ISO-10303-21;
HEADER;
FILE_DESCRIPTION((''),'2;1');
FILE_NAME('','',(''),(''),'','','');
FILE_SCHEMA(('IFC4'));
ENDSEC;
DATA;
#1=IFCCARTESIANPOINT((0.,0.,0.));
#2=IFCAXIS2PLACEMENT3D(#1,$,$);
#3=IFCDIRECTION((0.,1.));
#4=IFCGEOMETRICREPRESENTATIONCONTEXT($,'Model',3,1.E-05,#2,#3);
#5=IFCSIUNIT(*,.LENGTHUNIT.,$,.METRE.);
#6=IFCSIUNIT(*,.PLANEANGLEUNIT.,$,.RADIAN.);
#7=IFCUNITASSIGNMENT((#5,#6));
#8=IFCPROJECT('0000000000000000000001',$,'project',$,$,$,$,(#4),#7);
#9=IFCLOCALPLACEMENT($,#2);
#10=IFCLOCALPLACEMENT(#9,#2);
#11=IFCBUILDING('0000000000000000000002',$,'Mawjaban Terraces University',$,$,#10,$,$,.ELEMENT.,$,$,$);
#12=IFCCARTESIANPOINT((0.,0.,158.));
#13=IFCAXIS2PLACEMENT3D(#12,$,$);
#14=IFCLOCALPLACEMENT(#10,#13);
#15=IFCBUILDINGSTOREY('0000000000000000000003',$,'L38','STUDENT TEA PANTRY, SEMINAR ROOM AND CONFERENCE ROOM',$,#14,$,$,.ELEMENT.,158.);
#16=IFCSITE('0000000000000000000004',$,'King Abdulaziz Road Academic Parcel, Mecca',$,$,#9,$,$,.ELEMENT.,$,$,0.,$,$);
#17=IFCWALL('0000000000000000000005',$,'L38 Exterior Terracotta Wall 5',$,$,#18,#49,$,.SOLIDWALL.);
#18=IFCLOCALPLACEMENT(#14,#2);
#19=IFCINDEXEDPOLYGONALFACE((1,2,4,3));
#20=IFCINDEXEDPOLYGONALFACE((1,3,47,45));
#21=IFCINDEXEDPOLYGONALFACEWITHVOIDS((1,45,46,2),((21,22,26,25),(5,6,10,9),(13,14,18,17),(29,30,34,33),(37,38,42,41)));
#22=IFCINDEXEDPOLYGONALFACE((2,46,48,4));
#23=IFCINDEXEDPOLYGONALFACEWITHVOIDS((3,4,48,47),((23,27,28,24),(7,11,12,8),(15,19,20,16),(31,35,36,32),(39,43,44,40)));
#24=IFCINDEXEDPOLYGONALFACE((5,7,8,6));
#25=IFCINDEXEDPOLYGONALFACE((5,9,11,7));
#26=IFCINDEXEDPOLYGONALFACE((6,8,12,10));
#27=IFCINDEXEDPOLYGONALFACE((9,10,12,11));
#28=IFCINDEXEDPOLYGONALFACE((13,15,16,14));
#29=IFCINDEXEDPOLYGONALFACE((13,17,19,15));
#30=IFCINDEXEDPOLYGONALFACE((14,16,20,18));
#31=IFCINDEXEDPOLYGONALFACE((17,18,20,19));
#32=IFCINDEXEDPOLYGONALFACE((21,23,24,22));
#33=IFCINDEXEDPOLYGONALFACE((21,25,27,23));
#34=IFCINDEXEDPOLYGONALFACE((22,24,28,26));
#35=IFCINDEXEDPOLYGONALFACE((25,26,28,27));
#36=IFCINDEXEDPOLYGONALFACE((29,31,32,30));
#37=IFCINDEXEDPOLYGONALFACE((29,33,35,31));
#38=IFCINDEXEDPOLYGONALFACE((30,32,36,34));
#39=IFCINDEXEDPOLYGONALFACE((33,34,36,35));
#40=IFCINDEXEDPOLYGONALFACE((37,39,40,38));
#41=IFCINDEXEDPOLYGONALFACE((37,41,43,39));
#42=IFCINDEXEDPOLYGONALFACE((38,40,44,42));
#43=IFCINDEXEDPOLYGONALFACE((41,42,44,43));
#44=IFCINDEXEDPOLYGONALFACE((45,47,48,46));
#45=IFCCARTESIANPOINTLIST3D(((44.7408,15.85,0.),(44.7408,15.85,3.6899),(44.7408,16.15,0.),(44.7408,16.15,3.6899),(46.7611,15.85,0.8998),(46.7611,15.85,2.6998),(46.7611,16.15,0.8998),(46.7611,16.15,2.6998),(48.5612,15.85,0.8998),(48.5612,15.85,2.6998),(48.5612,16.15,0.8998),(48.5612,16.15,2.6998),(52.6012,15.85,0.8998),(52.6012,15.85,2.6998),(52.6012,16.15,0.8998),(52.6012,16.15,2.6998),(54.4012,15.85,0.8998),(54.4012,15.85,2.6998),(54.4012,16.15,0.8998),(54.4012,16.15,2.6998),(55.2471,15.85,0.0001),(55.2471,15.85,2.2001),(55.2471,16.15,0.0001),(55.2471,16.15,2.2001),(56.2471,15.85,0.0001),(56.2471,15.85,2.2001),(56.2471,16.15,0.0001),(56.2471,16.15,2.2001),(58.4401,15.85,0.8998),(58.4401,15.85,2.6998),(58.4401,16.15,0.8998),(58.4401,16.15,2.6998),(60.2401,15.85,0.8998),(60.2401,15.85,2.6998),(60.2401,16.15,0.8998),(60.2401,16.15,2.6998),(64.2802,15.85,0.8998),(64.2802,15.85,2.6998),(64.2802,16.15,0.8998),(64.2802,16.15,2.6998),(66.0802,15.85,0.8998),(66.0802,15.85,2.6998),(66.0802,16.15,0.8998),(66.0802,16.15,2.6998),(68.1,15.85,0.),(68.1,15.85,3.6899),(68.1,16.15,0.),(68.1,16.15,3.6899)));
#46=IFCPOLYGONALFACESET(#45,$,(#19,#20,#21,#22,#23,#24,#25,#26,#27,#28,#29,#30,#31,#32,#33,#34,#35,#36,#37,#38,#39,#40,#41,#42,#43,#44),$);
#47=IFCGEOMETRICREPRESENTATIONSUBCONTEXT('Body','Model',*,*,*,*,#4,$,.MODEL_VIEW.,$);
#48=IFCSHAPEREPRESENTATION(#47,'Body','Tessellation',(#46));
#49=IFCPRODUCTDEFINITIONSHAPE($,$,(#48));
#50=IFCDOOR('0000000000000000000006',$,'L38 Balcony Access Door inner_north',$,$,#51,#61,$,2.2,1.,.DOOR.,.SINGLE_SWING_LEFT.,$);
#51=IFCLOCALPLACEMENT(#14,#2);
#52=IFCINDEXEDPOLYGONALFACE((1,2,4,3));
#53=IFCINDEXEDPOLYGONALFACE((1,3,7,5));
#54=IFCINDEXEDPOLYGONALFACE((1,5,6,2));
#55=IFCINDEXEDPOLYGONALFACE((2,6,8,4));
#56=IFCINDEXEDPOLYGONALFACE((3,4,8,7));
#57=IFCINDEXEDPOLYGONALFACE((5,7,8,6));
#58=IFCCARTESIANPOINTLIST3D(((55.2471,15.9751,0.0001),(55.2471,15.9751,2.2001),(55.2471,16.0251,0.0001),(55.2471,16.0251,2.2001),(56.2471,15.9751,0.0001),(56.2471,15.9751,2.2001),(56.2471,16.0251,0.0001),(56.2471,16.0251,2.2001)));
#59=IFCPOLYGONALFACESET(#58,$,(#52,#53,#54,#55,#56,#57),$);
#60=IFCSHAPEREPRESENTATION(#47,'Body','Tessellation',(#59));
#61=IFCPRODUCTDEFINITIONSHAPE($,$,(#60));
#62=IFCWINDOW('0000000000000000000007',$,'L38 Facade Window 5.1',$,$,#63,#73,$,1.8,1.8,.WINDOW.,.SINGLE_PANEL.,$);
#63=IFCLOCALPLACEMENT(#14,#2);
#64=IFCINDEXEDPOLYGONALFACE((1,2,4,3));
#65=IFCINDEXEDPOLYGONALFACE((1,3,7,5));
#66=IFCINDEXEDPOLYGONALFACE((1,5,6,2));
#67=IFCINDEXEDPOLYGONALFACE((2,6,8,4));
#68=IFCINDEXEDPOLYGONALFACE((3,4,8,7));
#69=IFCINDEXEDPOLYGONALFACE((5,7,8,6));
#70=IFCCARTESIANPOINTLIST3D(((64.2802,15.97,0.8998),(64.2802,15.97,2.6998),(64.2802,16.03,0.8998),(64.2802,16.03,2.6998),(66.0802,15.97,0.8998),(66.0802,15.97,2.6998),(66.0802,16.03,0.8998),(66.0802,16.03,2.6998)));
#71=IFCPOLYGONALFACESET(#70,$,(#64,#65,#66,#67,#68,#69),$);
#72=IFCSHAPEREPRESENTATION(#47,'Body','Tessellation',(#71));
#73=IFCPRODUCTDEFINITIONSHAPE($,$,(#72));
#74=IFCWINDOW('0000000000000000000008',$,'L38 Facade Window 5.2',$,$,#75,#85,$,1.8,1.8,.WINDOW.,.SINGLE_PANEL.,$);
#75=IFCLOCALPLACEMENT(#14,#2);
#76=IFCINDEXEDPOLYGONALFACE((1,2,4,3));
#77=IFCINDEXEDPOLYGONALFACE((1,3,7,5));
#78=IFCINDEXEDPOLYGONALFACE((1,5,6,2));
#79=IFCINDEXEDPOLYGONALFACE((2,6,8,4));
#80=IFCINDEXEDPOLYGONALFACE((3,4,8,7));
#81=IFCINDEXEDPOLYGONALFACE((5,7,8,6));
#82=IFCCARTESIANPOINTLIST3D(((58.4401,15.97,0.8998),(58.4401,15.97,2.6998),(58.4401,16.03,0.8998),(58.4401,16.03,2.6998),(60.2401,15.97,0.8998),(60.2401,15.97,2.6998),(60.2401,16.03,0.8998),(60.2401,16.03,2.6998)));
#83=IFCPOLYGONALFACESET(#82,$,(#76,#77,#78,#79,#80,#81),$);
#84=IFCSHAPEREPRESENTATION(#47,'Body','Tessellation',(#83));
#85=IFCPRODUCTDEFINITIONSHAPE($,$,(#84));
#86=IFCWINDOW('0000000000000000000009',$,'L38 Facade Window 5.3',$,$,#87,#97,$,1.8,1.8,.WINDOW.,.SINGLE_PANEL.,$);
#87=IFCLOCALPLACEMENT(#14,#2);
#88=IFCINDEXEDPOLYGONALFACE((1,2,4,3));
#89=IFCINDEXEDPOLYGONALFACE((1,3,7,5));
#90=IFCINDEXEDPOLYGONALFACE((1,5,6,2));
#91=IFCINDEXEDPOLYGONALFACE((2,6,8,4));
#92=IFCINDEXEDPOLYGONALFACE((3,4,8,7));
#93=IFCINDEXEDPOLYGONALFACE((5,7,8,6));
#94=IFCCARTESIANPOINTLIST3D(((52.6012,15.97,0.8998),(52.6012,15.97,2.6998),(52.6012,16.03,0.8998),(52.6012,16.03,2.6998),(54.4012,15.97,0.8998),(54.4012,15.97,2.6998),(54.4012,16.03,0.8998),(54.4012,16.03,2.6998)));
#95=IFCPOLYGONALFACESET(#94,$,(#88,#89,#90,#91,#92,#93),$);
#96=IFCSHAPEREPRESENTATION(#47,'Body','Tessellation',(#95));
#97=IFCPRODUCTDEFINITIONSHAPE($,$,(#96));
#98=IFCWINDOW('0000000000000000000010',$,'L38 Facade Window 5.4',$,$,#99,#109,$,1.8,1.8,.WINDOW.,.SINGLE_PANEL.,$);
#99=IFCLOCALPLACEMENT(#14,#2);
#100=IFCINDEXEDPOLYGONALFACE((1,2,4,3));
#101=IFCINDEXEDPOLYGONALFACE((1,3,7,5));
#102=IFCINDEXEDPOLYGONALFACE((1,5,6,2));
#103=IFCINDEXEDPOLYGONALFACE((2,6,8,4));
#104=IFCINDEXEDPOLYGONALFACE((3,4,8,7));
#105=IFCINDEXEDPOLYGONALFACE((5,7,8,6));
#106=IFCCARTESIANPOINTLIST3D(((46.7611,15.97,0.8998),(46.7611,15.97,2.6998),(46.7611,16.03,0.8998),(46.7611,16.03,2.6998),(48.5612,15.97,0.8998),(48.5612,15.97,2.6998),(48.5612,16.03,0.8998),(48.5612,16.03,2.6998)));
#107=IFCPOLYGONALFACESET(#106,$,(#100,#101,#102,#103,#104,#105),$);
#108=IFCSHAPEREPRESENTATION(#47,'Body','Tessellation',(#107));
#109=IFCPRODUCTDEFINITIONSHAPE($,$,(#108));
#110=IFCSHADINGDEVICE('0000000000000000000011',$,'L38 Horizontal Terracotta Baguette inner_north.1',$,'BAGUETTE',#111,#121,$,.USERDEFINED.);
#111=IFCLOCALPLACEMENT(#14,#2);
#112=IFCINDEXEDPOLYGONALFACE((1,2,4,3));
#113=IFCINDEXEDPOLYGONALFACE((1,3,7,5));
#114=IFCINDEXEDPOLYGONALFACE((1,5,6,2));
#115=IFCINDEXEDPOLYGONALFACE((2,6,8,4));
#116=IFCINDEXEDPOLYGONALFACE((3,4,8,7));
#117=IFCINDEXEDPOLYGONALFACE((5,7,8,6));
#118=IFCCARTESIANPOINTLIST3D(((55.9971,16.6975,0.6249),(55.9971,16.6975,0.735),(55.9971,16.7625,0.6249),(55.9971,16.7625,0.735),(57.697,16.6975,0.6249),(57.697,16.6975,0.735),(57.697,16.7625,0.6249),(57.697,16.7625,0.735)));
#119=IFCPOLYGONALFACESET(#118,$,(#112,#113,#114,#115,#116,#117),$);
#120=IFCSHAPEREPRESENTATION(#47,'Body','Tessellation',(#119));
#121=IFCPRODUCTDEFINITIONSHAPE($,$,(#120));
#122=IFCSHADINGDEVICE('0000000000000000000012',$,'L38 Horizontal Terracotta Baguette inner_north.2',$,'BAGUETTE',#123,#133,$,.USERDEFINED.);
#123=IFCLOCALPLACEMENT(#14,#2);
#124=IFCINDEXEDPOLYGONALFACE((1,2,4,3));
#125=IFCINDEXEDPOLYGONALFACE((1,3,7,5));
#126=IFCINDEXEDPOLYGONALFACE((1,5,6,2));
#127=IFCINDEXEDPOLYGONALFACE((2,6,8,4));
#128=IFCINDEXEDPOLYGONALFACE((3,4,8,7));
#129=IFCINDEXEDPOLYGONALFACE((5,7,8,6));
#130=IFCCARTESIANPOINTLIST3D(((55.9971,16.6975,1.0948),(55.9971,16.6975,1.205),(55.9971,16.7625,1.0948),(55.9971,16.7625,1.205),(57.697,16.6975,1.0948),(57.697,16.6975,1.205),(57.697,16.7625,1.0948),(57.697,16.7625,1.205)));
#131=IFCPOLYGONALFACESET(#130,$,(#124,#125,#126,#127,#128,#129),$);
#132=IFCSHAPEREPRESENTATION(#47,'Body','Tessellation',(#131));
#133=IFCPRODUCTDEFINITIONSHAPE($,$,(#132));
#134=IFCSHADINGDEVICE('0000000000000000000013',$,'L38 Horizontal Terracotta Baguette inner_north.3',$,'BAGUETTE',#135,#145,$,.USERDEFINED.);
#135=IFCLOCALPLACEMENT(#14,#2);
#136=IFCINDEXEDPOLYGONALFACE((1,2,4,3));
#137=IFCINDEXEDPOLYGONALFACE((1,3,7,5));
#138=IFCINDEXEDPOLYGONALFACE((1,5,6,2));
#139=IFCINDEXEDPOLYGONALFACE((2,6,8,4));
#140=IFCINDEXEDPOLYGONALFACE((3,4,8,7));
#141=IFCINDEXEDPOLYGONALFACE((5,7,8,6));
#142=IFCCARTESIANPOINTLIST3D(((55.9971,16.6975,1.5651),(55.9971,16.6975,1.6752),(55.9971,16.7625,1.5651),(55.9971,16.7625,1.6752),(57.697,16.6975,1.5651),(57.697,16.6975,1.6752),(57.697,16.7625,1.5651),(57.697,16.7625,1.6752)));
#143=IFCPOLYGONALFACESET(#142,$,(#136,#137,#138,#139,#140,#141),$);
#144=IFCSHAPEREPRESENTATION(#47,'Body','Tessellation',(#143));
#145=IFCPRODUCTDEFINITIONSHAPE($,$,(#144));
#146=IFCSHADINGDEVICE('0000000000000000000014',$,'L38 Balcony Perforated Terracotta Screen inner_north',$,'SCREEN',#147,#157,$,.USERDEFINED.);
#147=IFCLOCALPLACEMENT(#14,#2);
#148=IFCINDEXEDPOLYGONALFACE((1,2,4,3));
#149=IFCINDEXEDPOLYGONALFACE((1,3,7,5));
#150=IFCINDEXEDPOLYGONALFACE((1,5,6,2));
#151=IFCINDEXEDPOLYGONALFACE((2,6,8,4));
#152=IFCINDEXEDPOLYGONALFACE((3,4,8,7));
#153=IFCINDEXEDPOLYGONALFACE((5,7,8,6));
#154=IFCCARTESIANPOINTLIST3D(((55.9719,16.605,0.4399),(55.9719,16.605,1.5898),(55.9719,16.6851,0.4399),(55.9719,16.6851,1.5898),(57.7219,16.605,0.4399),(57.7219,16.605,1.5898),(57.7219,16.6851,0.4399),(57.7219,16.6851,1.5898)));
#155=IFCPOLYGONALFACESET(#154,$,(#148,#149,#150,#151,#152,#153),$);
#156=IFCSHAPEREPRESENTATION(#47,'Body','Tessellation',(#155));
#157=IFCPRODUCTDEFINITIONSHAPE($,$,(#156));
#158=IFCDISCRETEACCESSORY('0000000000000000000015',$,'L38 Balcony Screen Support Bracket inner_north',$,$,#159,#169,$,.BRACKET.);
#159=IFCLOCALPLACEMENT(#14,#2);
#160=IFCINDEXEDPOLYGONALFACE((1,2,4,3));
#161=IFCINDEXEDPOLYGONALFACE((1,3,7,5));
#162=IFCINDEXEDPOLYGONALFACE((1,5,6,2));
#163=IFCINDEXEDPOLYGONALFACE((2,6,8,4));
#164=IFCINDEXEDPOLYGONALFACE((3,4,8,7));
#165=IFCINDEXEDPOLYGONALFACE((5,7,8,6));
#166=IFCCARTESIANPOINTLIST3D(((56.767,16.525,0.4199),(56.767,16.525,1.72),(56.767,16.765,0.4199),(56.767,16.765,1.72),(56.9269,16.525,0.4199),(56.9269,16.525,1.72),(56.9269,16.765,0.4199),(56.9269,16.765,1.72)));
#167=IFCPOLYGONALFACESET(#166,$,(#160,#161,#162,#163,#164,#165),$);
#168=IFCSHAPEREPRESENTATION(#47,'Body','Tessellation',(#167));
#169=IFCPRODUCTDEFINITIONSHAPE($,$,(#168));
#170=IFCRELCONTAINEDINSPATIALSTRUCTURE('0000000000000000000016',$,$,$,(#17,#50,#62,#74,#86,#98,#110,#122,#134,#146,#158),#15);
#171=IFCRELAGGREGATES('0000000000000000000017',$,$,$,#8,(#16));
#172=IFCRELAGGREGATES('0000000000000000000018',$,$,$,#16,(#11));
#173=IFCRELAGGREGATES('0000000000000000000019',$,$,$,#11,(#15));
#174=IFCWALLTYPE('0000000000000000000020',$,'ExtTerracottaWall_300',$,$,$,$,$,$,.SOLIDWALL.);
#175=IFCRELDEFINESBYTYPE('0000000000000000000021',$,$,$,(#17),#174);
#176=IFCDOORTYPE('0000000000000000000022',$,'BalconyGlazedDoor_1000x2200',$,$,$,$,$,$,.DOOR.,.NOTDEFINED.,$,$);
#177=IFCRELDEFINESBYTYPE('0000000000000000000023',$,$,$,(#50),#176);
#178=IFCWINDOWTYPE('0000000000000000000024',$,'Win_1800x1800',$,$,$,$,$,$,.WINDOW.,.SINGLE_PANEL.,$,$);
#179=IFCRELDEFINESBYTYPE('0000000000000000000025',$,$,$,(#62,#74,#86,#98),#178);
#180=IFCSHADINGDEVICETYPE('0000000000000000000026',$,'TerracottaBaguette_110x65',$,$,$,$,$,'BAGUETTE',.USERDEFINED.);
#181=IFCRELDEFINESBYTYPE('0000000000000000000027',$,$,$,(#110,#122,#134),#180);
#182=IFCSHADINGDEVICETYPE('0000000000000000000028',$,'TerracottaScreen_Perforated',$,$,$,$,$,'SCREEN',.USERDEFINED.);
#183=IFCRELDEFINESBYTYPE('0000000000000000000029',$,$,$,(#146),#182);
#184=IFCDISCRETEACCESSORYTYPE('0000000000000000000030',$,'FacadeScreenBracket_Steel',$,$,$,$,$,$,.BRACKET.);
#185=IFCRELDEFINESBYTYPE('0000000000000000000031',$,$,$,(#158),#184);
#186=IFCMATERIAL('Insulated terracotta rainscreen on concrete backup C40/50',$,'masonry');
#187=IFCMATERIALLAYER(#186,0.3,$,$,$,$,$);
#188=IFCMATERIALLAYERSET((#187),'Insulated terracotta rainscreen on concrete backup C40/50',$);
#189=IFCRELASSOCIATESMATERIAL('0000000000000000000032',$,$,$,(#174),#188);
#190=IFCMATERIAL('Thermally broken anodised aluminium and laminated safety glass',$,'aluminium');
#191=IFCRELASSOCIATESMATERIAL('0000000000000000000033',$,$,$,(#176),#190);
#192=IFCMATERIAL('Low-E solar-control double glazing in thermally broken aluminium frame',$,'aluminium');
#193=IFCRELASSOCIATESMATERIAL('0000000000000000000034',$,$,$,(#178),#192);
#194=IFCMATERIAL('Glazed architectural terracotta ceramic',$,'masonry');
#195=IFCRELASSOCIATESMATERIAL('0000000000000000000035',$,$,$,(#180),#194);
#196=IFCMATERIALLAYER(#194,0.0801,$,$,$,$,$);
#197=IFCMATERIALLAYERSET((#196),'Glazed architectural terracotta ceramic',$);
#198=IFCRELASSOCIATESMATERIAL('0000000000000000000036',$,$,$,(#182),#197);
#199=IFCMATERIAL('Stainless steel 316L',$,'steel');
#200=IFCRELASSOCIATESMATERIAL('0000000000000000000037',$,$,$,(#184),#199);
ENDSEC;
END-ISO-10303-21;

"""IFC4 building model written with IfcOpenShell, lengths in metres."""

from ifc_helpers import new_model, si_unit, direction, frame, frame_2d, origin, origin_2d, place, context, subcontext, project, spatial, rectangle, extrude, material, layer, layer_set, material_profile, profile_set, type_object, element, fill, save


model = new_model("IFC4")

# Units and contexts
model_context = context("Model", 3, precision=1e-05, world=origin(), true_north=direction((0.0, 1.0)))
body_context = subcontext(model_context, "Body", "Model", "MODEL_VIEW")
ifc_project = project(units=[si_unit("LENGTHUNIT", "METRE"), si_unit("PLANEANGLEUNIT", "RADIAN")], contexts=[model_context])

# Site, building, storey
site_placement = place(None, origin())
site = spatial("IfcSite", under=ifc_project, at=site_placement, Name="King Abdulaziz Road Academic Parcel, Mecca", CompositionType="ELEMENT", RefElevation=0.0)
building_placement = place(site_placement, origin())
building = spatial("IfcBuilding", under=site, at=building_placement, Name="Mawjaban Terraces University", CompositionType="ELEMENT")
storey_placement = place(building_placement, frame((0.0, 0.0, 158.0)))
storey = spatial("IfcBuildingStorey", under=building, at=storey_placement, Name="L38", Description="STUDENT TEA PANTRY, SEMINAR ROOM AND CONFERENCE ROOM", CompositionType="ELEMENT", Elevation=158.0)

# Wall, openings, door, windows
ifc_material_1 = material(Name="Insulated terracotta rainscreen on concrete backup C40/50", Category="masonry")
ifc_layer_1 = layer(ifc_material_1, 0.3)
ifc_layer_set_1 = layer_set([ifc_layer_1], Name="Insulated terracotta rainscreen on concrete backup C40/50")
wall_type = type_object("IfcWallType", Name="ExtTerracottaWall_300", PredefinedType="SOLIDWALL", material=ifc_layer_set_1)
wall_placement = place(storey_placement, frame((68.1001, 16.0, 0.0), z_axis=(0.0, 0.0, 1.0), x_axis=(-1.0, 0.0, 0.0)))
wall = element("IfcWall", 1, at=wall_placement, inside=storey, type_object=wall_type, Name="L38 Exterior Terracotta Wall 5", PredefinedType="SOLIDWALL", context=body_context, shape_type="SweptSolid", body=[
    extrude(rectangle(XDim=23.3591, YDim=0.3, at=frame_2d((11.6797, 0.0))), origin(), (0.0, 0.0, 1.0), 3.6899),
])
opening_1_placement = place(wall_placement, frame((11.853, 0.0, 0.0)))
opening_1 = element("IfcOpeningElement", 2, at=opening_1_placement, cuts=wall, PredefinedType="OPENING", context=body_context, shape_type="SweptSolid", body=[
    extrude(rectangle(XDim=1.0, YDim=2.2, at=frame_2d((0.5, 1.1001))), frame((0.0, 0.1599, 0.0), z_axis=(0.0, -1.0, 0.0), x_axis=(1.0, 0.0, 0.0)), (0.0, 0.0, 1.0), 0.3201),
])
opening_2_placement = place(wall_placement, frame((2.02, 0.0, 0.8999)))
opening_2 = element("IfcOpeningElement", 3, at=opening_2_placement, cuts=wall, PredefinedType="OPENING", context=body_context, shape_type="SweptSolid", body=[
    extrude(rectangle(XDim=1.8, YDim=1.8, at=frame_2d((0.8999, 0.8999))), frame((0.0, 0.1599, 0.0), z_axis=(0.0, -1.0, 0.0), x_axis=(1.0, 0.0, 0.0)), (0.0, 0.0, 1.0), 0.3201),
])
opening_3_placement = place(wall_placement, frame((7.8601, 0.0, 0.8999)))
opening_3 = element("IfcOpeningElement", 4, at=opening_3_placement, cuts=wall, PredefinedType="OPENING", context=body_context, shape_type="SweptSolid", body=[
    extrude(rectangle(XDim=1.8, YDim=1.8, at=frame_2d((0.8999, 0.8999))), frame((0.0, 0.1599, 0.0), z_axis=(0.0, -1.0, 0.0), x_axis=(1.0, 0.0, 0.0)), (0.0, 0.0, 1.0), 0.3201),
])
opening_4_placement = place(wall_placement, frame((13.699, 0.0, 0.8999)))
opening_4 = element("IfcOpeningElement", 5, at=opening_4_placement, cuts=wall, PredefinedType="OPENING", context=body_context, shape_type="SweptSolid", body=[
    extrude(rectangle(XDim=1.8, YDim=1.8, at=frame_2d((0.8999, 0.8999))), frame((0.0, 0.1599, 0.0), z_axis=(0.0, -1.0, 0.0), x_axis=(1.0, 0.0, 0.0)), (0.0, 0.0, 1.0), 0.3201),
])
opening_5_placement = place(wall_placement, frame((19.5391, 0.0, 0.8999)))
opening_5 = element("IfcOpeningElement", 6, at=opening_5_placement, cuts=wall, PredefinedType="OPENING", context=body_context, shape_type="SweptSolid", body=[
    extrude(rectangle(XDim=1.8, YDim=1.8, at=frame_2d((0.8999, 0.8999))), frame((0.0, 0.1599, 0.0), z_axis=(0.0, -1.0, 0.0), x_axis=(1.0, 0.0, 0.0)), (0.0, 0.0, 1.0), 0.3201),
])
ifc_material_2 = material(Name="Thermally broken anodised aluminium and laminated safety glass", Category="aluminium")
door_type = type_object("IfcDoorType", Name="BalconyGlazedDoor_1000x2200", OperationType="NOTDEFINED", PredefinedType="DOOR", material=ifc_material_2)
door_placement = place(opening_1_placement, origin())
door = element("IfcDoor", 7, at=door_placement, inside=storey, type_object=door_type, Name="L38 Balcony Access Door inner_north", OperationType="SINGLE_SWING_LEFT", OverallHeight=2.2, OverallWidth=1.0, PredefinedType="DOOR", context=body_context, shape_type="SweptSolid", body=[
    extrude(rectangle(XDim=1.0, YDim=2.2, at=frame_2d((0.5, 1.1001))), frame((0.0, 0.0249, 0.0), z_axis=(0.0, -1.0, 0.0), x_axis=(1.0, 0.0, 0.0)), (0.0, 0.0, 1.0), 0.05),
])
fill(opening_1, door)
ifc_material_3 = material(Name="Low-E solar-control double glazing in thermally broken aluminium frame", Category="aluminium")
window_type = type_object("IfcWindowType", Name="Win_1800x1800", PartitioningType="SINGLE_PANEL", PredefinedType="WINDOW", material=ifc_material_3)
window_1_placement = place(opening_2_placement, origin())
window_1 = element("IfcWindow", 8, at=window_1_placement, inside=storey, type_object=window_type, Name="L38 Facade Window 5.1", OverallHeight=1.8, OverallWidth=1.8, PartitioningType="SINGLE_PANEL", PredefinedType="WINDOW", context=body_context, shape_type="SweptSolid", body=[
    extrude(rectangle(XDim=1.8, YDim=1.8, at=frame_2d((0.8999, 0.8999))), frame((0.0, 0.03, 0.0), z_axis=(0.0, -1.0, 0.0), x_axis=(1.0, 0.0, 0.0)), (0.0, 0.0, 1.0), 0.0601),
])
fill(opening_2, window_1)
window_2_placement = place(opening_3_placement, origin())
window_2 = element("IfcWindow", 9, at=window_2_placement, inside=storey, type_object=window_type, Name="L38 Facade Window 5.2", OverallHeight=1.8, OverallWidth=1.8, PartitioningType="SINGLE_PANEL", PredefinedType="WINDOW", context=body_context, shape_type="SweptSolid", body=[
    extrude(rectangle(XDim=1.8, YDim=1.8, at=frame_2d((0.8999, 0.8999))), frame((0.0, 0.03, 0.0), z_axis=(0.0, -1.0, 0.0), x_axis=(1.0, 0.0, 0.0)), (0.0, 0.0, 1.0), 0.0601),
])
fill(opening_3, window_2)
window_3_placement = place(opening_4_placement, origin())
window_3 = element("IfcWindow", 10, at=window_3_placement, inside=storey, type_object=window_type, Name="L38 Facade Window 5.3", OverallHeight=1.8, OverallWidth=1.8, PartitioningType="SINGLE_PANEL", PredefinedType="WINDOW", context=body_context, shape_type="SweptSolid", body=[
    extrude(rectangle(XDim=1.8, YDim=1.8, at=frame_2d((0.8999, 0.8999))), frame((0.0, 0.03, 0.0), z_axis=(0.0, -1.0, 0.0), x_axis=(1.0, 0.0, 0.0)), (0.0, 0.0, 1.0), 0.0601),
])
fill(opening_4, window_3)
window_4_placement = place(opening_5_placement, origin())
window_4 = element("IfcWindow", 11, at=window_4_placement, inside=storey, type_object=window_type, Name="L38 Facade Window 5.4", OverallHeight=1.8, OverallWidth=1.8, PartitioningType="SINGLE_PANEL", PredefinedType="WINDOW", context=body_context, shape_type="SweptSolid", body=[
    extrude(rectangle(XDim=1.8, YDim=1.8, at=frame_2d((0.8999, 0.8999))), frame((0.0, 0.03, 0.0), z_axis=(0.0, -1.0, 0.0), x_axis=(1.0, 0.0, 0.0)), (0.0, 0.0, 1.0), 0.0601),
])
fill(opening_5, window_4)

# Shading devices
ifc_material_4 = material(Name="Glazed architectural terracotta ceramic", Category="masonry")
ifc_material_profile_1 = material_profile(ifc_material_4, rectangle(XDim=0.0649, YDim=0.1101, at=origin_2d()), Name="TBAG110X65")
ifc_profile_set_1 = profile_set([ifc_material_profile_1], Name="Glazed architectural terracotta ceramic")
shading_device_type_1 = type_object("IfcShadingDeviceType", Name="TerracottaBaguette_110x65", ElementType="BAGUETTE", PredefinedType="USERDEFINED", material=ifc_profile_set_1)
for number, where, z_axis, x_axis, name in (
    (12, (55.9971, 16.73, 0.6799), (1.0, 0.0, 0.0), (0.0, 1.0, 0.0), "L38 Horizontal Terracotta Baguette inner_north.1"),
    (13, (55.9971, 16.73, 1.1499), (1.0, 0.0, 0.0), (0.0, 1.0, 0.0), "L38 Horizontal Terracotta Baguette inner_north.2"),
    (14, (55.9971, 16.73, 1.6201), (1.0, 0.0, 0.0), (0.0, 1.0, 0.0), "L38 Horizontal Terracotta Baguette inner_north.3"),
):
    element("IfcShadingDevice", number, at=place(storey_placement, frame(where, z_axis=z_axis, x_axis=x_axis)), inside=storey, type_object=shading_device_type_1, Name=name, ObjectType="BAGUETTE", PredefinedType="USERDEFINED", context=body_context, shape_type="SweptSolid", body=[
        extrude(rectangle(XDim=0.0649, YDim=0.1101, at=origin_2d()), origin(), (0.0, 0.0, 1.0), 1.7),
    ])
ifc_layer_2 = layer(ifc_material_4, 0.0801)
ifc_layer_set_2 = layer_set([ifc_layer_2], Name="Glazed architectural terracotta ceramic")
shading_device_type_2 = type_object("IfcShadingDeviceType", Name="TerracottaScreen_Perforated", ElementType="SCREEN", PredefinedType="USERDEFINED", material=ifc_layer_set_2)
shading_device_placement = place(storey_placement, frame((56.8469, 16.645, 0.4399), z_axis=(0.0, 0.0, 1.0), x_axis=(1.0, 0.0, 0.0)))
element("IfcShadingDevice", 15, at=shading_device_placement, inside=storey, type_object=shading_device_type_2, Name="L38 Balcony Perforated Terracotta Screen inner_north", ObjectType="SCREEN", PredefinedType="USERDEFINED", context=body_context, shape_type="SweptSolid", body=[
    extrude(rectangle(XDim=1.75, YDim=0.0801, at=origin_2d()), origin(), (0.0, 0.0, 1.0), 1.1499),
])

# Discrete accessory
ifc_material_5 = material(Name="Stainless steel 316L", Category="steel")
discrete_accessory_type_1 = type_object("IfcDiscreteAccessoryType", Name="FacadeScreenBracket_Steel", PredefinedType="BRACKET", material=ifc_material_5)
discrete_accessory_1_placement = place(storey_placement, frame((56.8469, 16.645, 0.4199), z_axis=(0.0, 0.0, 1.0), x_axis=(1.0, 0.0, 0.0)))
element("IfcDiscreteAccessory", 16, at=discrete_accessory_1_placement, inside=storey, type_object=discrete_accessory_type_1, Name="L38 Balcony Screen Support Bracket inner_north", PredefinedType="BRACKET", context=body_context, shape_type="SweptSolid", body=[
    extrude(rectangle(XDim=0.1599, YDim=0.24, at=origin_2d()), origin(), (0.0, 0.0, 1.0), 1.3),
])

save(model, "model.ifc")
